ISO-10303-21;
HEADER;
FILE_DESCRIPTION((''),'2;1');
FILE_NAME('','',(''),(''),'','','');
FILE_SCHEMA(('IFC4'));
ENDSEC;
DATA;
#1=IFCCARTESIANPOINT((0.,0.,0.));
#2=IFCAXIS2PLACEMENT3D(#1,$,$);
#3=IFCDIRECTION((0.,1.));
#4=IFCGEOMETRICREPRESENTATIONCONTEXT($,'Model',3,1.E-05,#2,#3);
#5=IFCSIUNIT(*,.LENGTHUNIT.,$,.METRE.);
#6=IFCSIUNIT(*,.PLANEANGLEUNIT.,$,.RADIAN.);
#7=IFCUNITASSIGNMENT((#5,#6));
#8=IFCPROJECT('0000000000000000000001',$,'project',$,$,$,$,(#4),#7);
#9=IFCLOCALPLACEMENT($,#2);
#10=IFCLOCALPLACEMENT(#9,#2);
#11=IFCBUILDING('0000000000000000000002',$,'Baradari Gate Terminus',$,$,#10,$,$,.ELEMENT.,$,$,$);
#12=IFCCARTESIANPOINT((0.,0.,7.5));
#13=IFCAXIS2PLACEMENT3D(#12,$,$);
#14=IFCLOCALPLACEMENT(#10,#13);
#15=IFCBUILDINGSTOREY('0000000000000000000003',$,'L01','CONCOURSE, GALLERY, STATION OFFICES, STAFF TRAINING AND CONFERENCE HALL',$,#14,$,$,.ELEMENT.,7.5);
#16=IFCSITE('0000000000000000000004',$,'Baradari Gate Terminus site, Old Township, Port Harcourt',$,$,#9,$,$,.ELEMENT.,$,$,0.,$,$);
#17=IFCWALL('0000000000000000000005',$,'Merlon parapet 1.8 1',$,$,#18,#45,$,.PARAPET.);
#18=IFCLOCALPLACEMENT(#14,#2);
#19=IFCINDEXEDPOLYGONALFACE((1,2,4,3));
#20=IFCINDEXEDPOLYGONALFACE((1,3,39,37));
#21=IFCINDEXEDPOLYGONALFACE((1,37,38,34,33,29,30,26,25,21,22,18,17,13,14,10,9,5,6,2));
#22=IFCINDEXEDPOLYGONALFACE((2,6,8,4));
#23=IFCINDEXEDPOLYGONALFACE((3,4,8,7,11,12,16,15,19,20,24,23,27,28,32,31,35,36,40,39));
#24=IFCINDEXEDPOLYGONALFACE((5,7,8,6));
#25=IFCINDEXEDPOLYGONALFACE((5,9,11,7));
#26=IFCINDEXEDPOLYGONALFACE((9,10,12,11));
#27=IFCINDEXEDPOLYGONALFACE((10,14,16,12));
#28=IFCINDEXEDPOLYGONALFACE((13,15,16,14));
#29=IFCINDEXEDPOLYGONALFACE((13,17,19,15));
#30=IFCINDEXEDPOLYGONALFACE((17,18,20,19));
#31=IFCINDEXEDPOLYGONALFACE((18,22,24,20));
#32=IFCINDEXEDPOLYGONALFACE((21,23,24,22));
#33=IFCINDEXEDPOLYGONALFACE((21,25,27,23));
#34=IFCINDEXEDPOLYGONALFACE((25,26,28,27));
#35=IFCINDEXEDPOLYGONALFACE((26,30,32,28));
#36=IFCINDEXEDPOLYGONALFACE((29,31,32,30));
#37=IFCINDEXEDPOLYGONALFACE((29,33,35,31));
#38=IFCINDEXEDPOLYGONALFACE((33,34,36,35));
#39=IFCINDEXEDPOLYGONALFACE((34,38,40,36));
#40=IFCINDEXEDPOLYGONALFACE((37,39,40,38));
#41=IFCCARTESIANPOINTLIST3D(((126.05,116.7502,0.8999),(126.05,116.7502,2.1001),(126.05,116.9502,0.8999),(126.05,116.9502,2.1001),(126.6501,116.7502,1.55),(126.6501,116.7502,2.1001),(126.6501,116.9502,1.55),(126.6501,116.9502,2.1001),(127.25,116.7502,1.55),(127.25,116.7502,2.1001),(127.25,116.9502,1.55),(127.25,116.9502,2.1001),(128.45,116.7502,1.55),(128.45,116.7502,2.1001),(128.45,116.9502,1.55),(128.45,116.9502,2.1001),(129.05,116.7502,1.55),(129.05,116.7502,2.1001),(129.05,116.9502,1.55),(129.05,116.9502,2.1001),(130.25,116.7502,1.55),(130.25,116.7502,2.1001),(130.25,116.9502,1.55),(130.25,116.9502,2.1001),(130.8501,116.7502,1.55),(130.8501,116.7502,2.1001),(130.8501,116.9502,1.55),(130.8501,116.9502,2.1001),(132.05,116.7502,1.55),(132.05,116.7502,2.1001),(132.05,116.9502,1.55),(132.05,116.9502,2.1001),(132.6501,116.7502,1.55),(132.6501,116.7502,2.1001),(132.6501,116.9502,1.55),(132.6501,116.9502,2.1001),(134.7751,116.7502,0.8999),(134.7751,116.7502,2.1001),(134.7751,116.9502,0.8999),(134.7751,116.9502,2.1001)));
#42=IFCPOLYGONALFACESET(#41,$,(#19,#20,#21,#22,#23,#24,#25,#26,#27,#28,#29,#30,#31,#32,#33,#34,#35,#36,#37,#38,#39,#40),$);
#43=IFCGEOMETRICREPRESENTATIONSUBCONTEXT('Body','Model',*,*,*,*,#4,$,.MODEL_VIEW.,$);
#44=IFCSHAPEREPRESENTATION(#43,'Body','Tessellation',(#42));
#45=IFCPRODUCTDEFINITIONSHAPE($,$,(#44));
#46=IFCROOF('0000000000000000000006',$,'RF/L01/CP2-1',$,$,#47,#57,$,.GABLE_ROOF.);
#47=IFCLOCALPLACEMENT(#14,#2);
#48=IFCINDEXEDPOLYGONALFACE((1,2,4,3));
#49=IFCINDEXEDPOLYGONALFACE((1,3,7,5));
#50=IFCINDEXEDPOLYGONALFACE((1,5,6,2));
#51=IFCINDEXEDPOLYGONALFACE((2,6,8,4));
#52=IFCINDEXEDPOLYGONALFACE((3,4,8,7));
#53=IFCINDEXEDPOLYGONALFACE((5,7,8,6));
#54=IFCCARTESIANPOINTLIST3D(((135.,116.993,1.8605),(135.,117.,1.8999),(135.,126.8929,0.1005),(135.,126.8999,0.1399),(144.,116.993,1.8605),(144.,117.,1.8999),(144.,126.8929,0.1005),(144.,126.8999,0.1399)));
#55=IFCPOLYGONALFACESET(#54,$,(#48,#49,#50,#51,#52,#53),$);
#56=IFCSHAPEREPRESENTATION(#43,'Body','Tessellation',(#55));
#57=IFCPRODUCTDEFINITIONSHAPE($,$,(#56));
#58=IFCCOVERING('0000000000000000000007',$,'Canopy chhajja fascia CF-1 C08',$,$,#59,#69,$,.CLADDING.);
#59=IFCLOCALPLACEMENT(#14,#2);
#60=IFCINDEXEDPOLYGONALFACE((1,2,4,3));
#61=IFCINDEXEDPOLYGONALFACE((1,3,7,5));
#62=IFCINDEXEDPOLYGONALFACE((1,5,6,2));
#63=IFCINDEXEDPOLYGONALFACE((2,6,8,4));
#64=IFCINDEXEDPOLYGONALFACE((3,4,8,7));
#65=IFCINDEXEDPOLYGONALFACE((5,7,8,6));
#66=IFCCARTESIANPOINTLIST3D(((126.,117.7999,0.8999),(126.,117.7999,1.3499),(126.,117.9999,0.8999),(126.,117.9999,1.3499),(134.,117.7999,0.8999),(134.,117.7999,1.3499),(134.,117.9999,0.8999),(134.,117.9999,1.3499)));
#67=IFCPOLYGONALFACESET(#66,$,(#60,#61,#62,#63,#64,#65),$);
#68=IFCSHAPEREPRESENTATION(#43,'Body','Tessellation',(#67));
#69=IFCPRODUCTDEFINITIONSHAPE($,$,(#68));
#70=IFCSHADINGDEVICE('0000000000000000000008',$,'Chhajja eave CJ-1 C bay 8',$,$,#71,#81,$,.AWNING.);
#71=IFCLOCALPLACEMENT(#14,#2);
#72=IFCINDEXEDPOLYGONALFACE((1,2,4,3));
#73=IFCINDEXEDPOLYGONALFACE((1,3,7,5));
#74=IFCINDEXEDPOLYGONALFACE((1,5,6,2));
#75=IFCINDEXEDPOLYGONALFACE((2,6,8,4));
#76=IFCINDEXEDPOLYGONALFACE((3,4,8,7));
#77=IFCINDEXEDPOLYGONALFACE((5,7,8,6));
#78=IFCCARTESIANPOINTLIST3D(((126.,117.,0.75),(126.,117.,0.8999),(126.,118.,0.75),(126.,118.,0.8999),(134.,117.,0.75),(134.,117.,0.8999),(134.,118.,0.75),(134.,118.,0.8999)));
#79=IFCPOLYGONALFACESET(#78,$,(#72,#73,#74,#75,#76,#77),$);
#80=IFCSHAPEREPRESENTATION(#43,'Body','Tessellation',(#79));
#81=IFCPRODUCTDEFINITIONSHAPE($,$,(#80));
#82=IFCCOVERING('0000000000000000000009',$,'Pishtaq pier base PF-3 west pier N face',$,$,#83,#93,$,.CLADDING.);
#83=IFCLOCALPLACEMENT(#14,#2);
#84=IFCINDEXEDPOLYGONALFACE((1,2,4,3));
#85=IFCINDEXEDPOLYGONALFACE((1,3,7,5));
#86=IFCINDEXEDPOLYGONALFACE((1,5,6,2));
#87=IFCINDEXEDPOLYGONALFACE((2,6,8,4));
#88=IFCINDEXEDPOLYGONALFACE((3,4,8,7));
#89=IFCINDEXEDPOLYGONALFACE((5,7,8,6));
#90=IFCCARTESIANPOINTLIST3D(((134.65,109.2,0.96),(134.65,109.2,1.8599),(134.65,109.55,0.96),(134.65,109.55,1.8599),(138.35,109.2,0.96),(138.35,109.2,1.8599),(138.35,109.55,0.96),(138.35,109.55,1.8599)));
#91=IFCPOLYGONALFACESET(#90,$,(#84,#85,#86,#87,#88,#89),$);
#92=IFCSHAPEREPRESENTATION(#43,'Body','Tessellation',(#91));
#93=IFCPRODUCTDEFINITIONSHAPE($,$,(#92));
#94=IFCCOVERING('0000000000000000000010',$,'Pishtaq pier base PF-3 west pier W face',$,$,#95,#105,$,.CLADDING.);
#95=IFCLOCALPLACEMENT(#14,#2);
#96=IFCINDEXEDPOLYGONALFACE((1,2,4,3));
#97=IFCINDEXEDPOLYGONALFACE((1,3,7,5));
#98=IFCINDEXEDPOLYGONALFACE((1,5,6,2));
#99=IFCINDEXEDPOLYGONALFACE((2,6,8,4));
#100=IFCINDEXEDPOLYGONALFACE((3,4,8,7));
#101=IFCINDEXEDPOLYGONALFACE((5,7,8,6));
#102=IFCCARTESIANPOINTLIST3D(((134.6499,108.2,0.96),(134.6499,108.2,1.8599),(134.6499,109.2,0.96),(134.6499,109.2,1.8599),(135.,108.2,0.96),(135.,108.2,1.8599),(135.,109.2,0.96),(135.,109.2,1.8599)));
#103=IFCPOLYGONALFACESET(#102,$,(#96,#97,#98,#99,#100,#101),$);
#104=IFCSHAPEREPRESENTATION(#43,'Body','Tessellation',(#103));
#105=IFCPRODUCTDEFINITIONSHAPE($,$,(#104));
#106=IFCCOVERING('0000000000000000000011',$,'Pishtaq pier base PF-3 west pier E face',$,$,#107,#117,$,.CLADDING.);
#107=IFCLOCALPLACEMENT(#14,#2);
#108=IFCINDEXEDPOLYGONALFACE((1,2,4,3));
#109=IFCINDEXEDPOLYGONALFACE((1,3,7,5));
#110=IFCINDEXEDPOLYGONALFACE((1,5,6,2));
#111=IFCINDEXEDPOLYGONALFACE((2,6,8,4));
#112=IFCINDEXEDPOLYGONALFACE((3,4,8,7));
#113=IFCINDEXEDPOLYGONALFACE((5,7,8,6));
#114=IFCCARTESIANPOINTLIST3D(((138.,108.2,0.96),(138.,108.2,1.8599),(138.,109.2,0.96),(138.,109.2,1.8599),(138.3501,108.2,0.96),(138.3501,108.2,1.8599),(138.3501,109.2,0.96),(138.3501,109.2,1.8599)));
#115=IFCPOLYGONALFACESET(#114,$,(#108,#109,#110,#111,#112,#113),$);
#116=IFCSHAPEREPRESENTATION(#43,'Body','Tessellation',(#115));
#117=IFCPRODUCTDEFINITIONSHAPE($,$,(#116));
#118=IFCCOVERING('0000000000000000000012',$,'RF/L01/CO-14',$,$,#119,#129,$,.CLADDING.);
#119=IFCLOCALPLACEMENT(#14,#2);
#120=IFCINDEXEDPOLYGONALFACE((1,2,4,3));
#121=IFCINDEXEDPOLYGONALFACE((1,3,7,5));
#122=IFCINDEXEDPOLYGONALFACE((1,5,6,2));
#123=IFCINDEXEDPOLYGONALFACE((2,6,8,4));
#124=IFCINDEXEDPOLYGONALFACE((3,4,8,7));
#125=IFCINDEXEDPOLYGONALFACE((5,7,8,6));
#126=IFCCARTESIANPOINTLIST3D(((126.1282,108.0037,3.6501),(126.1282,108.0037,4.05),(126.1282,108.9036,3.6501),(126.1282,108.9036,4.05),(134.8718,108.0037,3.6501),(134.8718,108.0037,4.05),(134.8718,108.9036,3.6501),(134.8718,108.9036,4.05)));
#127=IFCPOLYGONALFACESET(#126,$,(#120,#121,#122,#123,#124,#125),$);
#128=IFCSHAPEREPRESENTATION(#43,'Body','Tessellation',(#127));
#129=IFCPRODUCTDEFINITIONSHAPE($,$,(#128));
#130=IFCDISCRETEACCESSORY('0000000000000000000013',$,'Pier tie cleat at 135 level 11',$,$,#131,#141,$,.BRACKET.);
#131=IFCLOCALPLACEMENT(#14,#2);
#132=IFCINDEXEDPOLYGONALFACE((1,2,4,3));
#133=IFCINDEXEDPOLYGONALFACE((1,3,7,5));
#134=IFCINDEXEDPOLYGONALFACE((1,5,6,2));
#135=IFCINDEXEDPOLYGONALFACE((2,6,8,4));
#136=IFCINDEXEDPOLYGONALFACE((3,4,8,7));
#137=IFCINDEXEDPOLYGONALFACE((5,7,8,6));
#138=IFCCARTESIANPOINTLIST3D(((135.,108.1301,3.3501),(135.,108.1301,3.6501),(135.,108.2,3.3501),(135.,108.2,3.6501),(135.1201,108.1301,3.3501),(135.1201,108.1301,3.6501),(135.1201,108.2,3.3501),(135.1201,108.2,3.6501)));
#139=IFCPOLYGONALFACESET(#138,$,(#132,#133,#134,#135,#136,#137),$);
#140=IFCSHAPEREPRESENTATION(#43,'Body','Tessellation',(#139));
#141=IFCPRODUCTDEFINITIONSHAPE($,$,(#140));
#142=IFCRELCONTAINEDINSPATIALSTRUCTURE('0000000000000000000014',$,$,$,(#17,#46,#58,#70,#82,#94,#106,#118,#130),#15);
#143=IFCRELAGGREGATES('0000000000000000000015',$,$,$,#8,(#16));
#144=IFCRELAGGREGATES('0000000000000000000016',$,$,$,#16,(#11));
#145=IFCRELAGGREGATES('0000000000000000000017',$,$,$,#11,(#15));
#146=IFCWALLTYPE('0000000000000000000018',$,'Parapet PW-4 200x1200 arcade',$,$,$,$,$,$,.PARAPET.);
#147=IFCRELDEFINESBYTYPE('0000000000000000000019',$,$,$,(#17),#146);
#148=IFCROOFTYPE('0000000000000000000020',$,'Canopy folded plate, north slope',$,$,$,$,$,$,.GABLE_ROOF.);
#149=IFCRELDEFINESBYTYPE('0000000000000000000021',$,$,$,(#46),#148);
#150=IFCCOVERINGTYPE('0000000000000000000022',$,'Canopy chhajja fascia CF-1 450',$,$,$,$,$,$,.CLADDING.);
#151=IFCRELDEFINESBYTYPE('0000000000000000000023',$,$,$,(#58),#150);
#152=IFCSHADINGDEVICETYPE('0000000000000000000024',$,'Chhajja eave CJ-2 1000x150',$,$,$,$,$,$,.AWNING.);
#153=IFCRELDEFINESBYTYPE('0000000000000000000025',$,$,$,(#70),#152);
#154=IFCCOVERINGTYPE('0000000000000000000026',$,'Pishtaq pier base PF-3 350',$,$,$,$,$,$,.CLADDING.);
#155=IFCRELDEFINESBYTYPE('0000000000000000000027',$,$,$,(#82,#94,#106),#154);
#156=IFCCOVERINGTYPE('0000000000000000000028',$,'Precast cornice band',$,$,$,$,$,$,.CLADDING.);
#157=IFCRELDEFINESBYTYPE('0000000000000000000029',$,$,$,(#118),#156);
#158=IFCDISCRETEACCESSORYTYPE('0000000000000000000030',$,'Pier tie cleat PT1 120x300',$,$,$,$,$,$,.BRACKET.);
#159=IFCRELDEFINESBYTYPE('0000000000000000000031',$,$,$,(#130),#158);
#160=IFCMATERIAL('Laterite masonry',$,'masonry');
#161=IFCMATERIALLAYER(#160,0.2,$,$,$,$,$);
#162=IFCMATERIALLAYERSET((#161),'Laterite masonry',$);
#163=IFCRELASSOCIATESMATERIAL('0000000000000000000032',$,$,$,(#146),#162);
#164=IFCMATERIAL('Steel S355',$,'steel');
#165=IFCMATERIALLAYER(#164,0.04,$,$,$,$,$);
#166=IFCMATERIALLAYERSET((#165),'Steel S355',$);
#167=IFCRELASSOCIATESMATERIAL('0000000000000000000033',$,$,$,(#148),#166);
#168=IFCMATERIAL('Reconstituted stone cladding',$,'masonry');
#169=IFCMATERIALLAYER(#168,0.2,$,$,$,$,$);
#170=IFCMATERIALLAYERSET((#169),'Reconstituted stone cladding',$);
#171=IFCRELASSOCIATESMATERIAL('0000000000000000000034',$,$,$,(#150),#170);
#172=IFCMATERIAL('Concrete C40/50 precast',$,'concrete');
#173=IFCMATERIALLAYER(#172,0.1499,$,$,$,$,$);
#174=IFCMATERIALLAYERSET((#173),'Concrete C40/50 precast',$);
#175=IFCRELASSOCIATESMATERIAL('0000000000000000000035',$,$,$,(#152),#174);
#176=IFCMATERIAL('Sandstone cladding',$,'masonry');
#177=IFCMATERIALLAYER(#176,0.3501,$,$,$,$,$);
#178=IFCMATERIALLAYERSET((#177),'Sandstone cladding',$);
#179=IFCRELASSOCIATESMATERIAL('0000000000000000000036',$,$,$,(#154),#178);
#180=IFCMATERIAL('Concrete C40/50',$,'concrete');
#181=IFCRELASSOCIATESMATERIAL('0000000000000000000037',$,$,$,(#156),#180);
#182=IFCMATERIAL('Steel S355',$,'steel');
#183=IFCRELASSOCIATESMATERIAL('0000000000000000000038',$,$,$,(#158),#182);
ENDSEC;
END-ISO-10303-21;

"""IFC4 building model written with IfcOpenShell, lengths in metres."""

from ifc_helpers import new_model, si_unit, direction, frame, origin, origin_2d, place, context, subcontext, project, spatial, polyline, rectangle, outline, extrude, material, layer, layer_set, type_object, element, save


model = new_model("IFC4")

# Units and contexts
model_context = context("Model", 3, precision=1e-05, world=origin(), true_north=direction((0.0, 1.0)))
body_context = subcontext(model_context, "Body", "Model", "MODEL_VIEW")
ifc_project = project(units=[si_unit("LENGTHUNIT", "METRE"), si_unit("PLANEANGLEUNIT", "RADIAN")], contexts=[model_context])

# Site, building, storey
site_placement = place(None, origin())
site = spatial("IfcSite", under=ifc_project, at=site_placement, Name="Baradari Gate Terminus site, Old Township, Port Harcourt", CompositionType="ELEMENT", RefElevation=0.0)
building_placement = place(site_placement, origin())
building = spatial("IfcBuilding", under=site, at=building_placement, Name="Baradari Gate Terminus", CompositionType="ELEMENT")
storey_placement = place(building_placement, frame((0.0, 0.0, 7.5)))
storey = spatial("IfcBuildingStorey", under=building, at=storey_placement, Name="L01", Description="CONCOURSE, GALLERY, STATION OFFICES, STAFF TRAINING AND CONFERENCE HALL", CompositionType="ELEMENT", Elevation=7.5)

# Wall
ifc_material_1 = material(Name="Laterite masonry", Category="masonry")
ifc_layer_1 = layer(ifc_material_1, 0.2)
ifc_layer_set_1 = layer_set([ifc_layer_1], Name="Laterite masonry")
wall_type = type_object("IfcWallType", Name="Parapet PW-4 200x1200 arcade", PredefinedType="PARAPET", material=ifc_layer_set_1)
wall_placement = place(storey_placement, frame((126.05, 116.8501, 0.8999), z_axis=(0.0, 0.0, 1.0), x_axis=(1.0, 0.0, 0.0)))
element("IfcWall", 1, at=wall_placement, inside=storey, type_object=wall_type, Name="Merlon parapet 1.8 1", PredefinedType="PARAPET", context=body_context, shape_type="SweptSolid", body=[
    extrude(outline(polyline([(6.6001, 1.2002), (6.6001, 0.6501), (6.0, 0.6501), (6.0, 1.2002), (4.8, 1.2002), (4.8, 0.6501), (4.2, 0.6501), (4.2, 1.2002), (3.0, 1.2002), (3.0, 0.6501), (2.3999, 0.6501), (2.3999, 1.2002), (1.2, 1.2002), (1.2, 0.6501), (0.6001, 0.6501), (0.6001, 1.2002), (0.0, 1.2002), (0.0, 0.0), (8.7251, 0.0), (8.7251, 1.2002), (6.6001, 1.2002)])), frame((0.0, 0.1001, 0.0), z_axis=(0.0, -1.0, 0.0), x_axis=(1.0, 0.0, 0.0)), (0.0, 0.0, 1.0), 0.2),
])

# Roof
ifc_material_2 = material(Name="Steel S355", Category="steel")
ifc_layer_2 = layer(ifc_material_2, 0.04)
ifc_layer_set_2 = layer_set([ifc_layer_2], Name="Steel S355")
roof_type = type_object("IfcRoofType", Name="Canopy folded plate, north slope", PredefinedType="GABLE_ROOF", material=ifc_layer_set_2)
roof_placement = place(storey_placement, frame((135.0, 117.0, 1.8999), z_axis=(0.0, 0.175036, 0.984562), x_axis=(1.0, 0.0, 0.0)))
element("IfcRoof", 2, at=roof_placement, inside=storey, type_object=roof_type, Name="RF/L01/CP2-1", PredefinedType="GABLE_ROOF", context=body_context, shape_type="SweptSolid", body=[
    extrude(outline(polyline([(0.0, 0.0), (9.0, 0.0), (9.0, 10.0551), (0.0, 10.0551), (0.0, 0.0)])), origin(), (0.0, 0.0, -1.0), 0.04),
])

# Covering
ifc_material_3 = material(Name="Reconstituted stone cladding", Category="masonry")
ifc_layer_3 = layer(ifc_material_3, 0.2)
ifc_layer_set_3 = layer_set([ifc_layer_3], Name="Reconstituted stone cladding")
covering_type_1 = type_object("IfcCoveringType", Name="Canopy chhajja fascia CF-1 450", PredefinedType="CLADDING", material=ifc_layer_set_3)
covering_1_placement = place(storey_placement, frame((130.0, 117.8999, 0.8999), z_axis=(0.0, 0.0, 1.0), x_axis=(1.0, 0.0, 0.0)))
element("IfcCovering", 3, at=covering_1_placement, inside=storey, type_object=covering_type_1, Name="Canopy chhajja fascia CF-1 C08", PredefinedType="CLADDING", context=body_context, shape_type="SweptSolid", body=[
    extrude(rectangle(XDim=8.0, YDim=0.2, at=origin_2d()), origin(), (0.0, 0.0, 1.0), 0.45),
])

# Shading device
ifc_material_4 = material(Name="Concrete C40/50 precast", Category="concrete")
ifc_layer_4 = layer(ifc_material_4, 0.1499)
ifc_layer_set_4 = layer_set([ifc_layer_4], Name="Concrete C40/50 precast")
shading_device_type = type_object("IfcShadingDeviceType", Name="Chhajja eave CJ-2 1000x150", PredefinedType="AWNING", material=ifc_layer_set_4)
shading_device_placement = place(storey_placement, frame((130.0, 117.5, 0.75), z_axis=(0.0, 0.0, 1.0), x_axis=(1.0, 0.0, 0.0)))
element("IfcShadingDevice", 4, at=shading_device_placement, inside=storey, type_object=shading_device_type, Name="Chhajja eave CJ-1 C bay 8", PredefinedType="AWNING", context=body_context, shape_type="SweptSolid", body=[
    extrude(rectangle(XDim=8.0, YDim=1.0, at=origin_2d()), origin(), (0.0, 0.0, 1.0), 0.1499),
])

# Coverings
ifc_material_5 = material(Name="Sandstone cladding", Category="masonry")
ifc_layer_5 = layer(ifc_material_5, 0.3501)
ifc_layer_set_5 = layer_set([ifc_layer_5], Name="Sandstone cladding")
covering_type_2 = type_object("IfcCoveringType", Name="Pishtaq pier base PF-3 350", PredefinedType="CLADDING", material=ifc_layer_set_5)
covering_2_placement = place(storey_placement, frame((136.5, 109.375, 0.96), z_axis=(0.0, 0.0, 1.0), x_axis=(1.0, 0.0, 0.0)))
element("IfcCovering", 5, at=covering_2_placement, inside=storey, type_object=covering_type_2, Name="Pishtaq pier base PF-3 west pier N face", PredefinedType="CLADDING", context=body_context, shape_type="SweptSolid", body=[
    extrude(rectangle(XDim=3.7, YDim=0.3501, at=origin_2d()), origin(), (0.0, 0.0, 1.0), 0.8999),
])
for number, where, z_axis, x_axis, name in (
    (6, (134.825, 108.7, 0.96), (0.0, 0.0, 1.0), (1.0, 0.0, 0.0), "Pishtaq pier base PF-3 west pier W face"),
    (7, (138.175, 108.7, 0.96), (0.0, 0.0, 1.0), (1.0, 0.0, 0.0), "Pishtaq pier base PF-3 west pier E face"),
):
    element("IfcCovering", number, at=place(storey_placement, frame(where, z_axis=z_axis, x_axis=x_axis)), inside=storey, type_object=covering_type_2, Name=name, PredefinedType="CLADDING", context=body_context, shape_type="SweptSolid", body=[
        extrude(rectangle(XDim=0.3501, YDim=1.0, at=origin_2d()), origin(), (0.0, 0.0, 1.0), 0.8999),
    ])
ifc_material_6 = material(Name="Concrete C40/50", Category="concrete")
covering_type_3 = type_object("IfcCoveringType", Name="Precast cornice band", PredefinedType="CLADDING", material=ifc_material_6)
covering_3_placement = place(storey_placement, frame((130.5, 108.4536, 3.6501), z_axis=(0.0, 0.0, 1.0), x_axis=(1.0, 0.0, 0.0)))
element("IfcCovering", 8, at=covering_3_placement, inside=storey, type_object=covering_type_3, Name="RF/L01/CO-14", PredefinedType="CLADDING", context=body_context, shape_type="SweptSolid", body=[
    extrude(rectangle(XDim=8.7437, YDim=0.8999, at=origin_2d()), origin(), (0.0, 0.0, 1.0), 0.3999),
])

# Discrete accessory
ifc_material_7 = material(Name="Steel S355", Category="steel")
discrete_accessory_type = type_object("IfcDiscreteAccessoryType", Name="Pier tie cleat PT1 120x300", PredefinedType="BRACKET", material=ifc_material_7)
discrete_accessory_placement = place(storey_placement, frame((135.0601, 108.165, 3.3501), z_axis=(0.0, 0.0, 1.0), x_axis=(1.0, 0.0, 0.0)))
element("IfcDiscreteAccessory", 9, at=discrete_accessory_placement, inside=storey, type_object=discrete_accessory_type, Name="Pier tie cleat at 135 level 11", PredefinedType="BRACKET", context=body_context, shape_type="SweptSolid", body=[
    extrude(rectangle(XDim=0.1201, YDim=0.0698, at=origin_2d()), origin(), (0.0, 0.0, 1.0), 0.3),
])

save(model, "model.ifc")
